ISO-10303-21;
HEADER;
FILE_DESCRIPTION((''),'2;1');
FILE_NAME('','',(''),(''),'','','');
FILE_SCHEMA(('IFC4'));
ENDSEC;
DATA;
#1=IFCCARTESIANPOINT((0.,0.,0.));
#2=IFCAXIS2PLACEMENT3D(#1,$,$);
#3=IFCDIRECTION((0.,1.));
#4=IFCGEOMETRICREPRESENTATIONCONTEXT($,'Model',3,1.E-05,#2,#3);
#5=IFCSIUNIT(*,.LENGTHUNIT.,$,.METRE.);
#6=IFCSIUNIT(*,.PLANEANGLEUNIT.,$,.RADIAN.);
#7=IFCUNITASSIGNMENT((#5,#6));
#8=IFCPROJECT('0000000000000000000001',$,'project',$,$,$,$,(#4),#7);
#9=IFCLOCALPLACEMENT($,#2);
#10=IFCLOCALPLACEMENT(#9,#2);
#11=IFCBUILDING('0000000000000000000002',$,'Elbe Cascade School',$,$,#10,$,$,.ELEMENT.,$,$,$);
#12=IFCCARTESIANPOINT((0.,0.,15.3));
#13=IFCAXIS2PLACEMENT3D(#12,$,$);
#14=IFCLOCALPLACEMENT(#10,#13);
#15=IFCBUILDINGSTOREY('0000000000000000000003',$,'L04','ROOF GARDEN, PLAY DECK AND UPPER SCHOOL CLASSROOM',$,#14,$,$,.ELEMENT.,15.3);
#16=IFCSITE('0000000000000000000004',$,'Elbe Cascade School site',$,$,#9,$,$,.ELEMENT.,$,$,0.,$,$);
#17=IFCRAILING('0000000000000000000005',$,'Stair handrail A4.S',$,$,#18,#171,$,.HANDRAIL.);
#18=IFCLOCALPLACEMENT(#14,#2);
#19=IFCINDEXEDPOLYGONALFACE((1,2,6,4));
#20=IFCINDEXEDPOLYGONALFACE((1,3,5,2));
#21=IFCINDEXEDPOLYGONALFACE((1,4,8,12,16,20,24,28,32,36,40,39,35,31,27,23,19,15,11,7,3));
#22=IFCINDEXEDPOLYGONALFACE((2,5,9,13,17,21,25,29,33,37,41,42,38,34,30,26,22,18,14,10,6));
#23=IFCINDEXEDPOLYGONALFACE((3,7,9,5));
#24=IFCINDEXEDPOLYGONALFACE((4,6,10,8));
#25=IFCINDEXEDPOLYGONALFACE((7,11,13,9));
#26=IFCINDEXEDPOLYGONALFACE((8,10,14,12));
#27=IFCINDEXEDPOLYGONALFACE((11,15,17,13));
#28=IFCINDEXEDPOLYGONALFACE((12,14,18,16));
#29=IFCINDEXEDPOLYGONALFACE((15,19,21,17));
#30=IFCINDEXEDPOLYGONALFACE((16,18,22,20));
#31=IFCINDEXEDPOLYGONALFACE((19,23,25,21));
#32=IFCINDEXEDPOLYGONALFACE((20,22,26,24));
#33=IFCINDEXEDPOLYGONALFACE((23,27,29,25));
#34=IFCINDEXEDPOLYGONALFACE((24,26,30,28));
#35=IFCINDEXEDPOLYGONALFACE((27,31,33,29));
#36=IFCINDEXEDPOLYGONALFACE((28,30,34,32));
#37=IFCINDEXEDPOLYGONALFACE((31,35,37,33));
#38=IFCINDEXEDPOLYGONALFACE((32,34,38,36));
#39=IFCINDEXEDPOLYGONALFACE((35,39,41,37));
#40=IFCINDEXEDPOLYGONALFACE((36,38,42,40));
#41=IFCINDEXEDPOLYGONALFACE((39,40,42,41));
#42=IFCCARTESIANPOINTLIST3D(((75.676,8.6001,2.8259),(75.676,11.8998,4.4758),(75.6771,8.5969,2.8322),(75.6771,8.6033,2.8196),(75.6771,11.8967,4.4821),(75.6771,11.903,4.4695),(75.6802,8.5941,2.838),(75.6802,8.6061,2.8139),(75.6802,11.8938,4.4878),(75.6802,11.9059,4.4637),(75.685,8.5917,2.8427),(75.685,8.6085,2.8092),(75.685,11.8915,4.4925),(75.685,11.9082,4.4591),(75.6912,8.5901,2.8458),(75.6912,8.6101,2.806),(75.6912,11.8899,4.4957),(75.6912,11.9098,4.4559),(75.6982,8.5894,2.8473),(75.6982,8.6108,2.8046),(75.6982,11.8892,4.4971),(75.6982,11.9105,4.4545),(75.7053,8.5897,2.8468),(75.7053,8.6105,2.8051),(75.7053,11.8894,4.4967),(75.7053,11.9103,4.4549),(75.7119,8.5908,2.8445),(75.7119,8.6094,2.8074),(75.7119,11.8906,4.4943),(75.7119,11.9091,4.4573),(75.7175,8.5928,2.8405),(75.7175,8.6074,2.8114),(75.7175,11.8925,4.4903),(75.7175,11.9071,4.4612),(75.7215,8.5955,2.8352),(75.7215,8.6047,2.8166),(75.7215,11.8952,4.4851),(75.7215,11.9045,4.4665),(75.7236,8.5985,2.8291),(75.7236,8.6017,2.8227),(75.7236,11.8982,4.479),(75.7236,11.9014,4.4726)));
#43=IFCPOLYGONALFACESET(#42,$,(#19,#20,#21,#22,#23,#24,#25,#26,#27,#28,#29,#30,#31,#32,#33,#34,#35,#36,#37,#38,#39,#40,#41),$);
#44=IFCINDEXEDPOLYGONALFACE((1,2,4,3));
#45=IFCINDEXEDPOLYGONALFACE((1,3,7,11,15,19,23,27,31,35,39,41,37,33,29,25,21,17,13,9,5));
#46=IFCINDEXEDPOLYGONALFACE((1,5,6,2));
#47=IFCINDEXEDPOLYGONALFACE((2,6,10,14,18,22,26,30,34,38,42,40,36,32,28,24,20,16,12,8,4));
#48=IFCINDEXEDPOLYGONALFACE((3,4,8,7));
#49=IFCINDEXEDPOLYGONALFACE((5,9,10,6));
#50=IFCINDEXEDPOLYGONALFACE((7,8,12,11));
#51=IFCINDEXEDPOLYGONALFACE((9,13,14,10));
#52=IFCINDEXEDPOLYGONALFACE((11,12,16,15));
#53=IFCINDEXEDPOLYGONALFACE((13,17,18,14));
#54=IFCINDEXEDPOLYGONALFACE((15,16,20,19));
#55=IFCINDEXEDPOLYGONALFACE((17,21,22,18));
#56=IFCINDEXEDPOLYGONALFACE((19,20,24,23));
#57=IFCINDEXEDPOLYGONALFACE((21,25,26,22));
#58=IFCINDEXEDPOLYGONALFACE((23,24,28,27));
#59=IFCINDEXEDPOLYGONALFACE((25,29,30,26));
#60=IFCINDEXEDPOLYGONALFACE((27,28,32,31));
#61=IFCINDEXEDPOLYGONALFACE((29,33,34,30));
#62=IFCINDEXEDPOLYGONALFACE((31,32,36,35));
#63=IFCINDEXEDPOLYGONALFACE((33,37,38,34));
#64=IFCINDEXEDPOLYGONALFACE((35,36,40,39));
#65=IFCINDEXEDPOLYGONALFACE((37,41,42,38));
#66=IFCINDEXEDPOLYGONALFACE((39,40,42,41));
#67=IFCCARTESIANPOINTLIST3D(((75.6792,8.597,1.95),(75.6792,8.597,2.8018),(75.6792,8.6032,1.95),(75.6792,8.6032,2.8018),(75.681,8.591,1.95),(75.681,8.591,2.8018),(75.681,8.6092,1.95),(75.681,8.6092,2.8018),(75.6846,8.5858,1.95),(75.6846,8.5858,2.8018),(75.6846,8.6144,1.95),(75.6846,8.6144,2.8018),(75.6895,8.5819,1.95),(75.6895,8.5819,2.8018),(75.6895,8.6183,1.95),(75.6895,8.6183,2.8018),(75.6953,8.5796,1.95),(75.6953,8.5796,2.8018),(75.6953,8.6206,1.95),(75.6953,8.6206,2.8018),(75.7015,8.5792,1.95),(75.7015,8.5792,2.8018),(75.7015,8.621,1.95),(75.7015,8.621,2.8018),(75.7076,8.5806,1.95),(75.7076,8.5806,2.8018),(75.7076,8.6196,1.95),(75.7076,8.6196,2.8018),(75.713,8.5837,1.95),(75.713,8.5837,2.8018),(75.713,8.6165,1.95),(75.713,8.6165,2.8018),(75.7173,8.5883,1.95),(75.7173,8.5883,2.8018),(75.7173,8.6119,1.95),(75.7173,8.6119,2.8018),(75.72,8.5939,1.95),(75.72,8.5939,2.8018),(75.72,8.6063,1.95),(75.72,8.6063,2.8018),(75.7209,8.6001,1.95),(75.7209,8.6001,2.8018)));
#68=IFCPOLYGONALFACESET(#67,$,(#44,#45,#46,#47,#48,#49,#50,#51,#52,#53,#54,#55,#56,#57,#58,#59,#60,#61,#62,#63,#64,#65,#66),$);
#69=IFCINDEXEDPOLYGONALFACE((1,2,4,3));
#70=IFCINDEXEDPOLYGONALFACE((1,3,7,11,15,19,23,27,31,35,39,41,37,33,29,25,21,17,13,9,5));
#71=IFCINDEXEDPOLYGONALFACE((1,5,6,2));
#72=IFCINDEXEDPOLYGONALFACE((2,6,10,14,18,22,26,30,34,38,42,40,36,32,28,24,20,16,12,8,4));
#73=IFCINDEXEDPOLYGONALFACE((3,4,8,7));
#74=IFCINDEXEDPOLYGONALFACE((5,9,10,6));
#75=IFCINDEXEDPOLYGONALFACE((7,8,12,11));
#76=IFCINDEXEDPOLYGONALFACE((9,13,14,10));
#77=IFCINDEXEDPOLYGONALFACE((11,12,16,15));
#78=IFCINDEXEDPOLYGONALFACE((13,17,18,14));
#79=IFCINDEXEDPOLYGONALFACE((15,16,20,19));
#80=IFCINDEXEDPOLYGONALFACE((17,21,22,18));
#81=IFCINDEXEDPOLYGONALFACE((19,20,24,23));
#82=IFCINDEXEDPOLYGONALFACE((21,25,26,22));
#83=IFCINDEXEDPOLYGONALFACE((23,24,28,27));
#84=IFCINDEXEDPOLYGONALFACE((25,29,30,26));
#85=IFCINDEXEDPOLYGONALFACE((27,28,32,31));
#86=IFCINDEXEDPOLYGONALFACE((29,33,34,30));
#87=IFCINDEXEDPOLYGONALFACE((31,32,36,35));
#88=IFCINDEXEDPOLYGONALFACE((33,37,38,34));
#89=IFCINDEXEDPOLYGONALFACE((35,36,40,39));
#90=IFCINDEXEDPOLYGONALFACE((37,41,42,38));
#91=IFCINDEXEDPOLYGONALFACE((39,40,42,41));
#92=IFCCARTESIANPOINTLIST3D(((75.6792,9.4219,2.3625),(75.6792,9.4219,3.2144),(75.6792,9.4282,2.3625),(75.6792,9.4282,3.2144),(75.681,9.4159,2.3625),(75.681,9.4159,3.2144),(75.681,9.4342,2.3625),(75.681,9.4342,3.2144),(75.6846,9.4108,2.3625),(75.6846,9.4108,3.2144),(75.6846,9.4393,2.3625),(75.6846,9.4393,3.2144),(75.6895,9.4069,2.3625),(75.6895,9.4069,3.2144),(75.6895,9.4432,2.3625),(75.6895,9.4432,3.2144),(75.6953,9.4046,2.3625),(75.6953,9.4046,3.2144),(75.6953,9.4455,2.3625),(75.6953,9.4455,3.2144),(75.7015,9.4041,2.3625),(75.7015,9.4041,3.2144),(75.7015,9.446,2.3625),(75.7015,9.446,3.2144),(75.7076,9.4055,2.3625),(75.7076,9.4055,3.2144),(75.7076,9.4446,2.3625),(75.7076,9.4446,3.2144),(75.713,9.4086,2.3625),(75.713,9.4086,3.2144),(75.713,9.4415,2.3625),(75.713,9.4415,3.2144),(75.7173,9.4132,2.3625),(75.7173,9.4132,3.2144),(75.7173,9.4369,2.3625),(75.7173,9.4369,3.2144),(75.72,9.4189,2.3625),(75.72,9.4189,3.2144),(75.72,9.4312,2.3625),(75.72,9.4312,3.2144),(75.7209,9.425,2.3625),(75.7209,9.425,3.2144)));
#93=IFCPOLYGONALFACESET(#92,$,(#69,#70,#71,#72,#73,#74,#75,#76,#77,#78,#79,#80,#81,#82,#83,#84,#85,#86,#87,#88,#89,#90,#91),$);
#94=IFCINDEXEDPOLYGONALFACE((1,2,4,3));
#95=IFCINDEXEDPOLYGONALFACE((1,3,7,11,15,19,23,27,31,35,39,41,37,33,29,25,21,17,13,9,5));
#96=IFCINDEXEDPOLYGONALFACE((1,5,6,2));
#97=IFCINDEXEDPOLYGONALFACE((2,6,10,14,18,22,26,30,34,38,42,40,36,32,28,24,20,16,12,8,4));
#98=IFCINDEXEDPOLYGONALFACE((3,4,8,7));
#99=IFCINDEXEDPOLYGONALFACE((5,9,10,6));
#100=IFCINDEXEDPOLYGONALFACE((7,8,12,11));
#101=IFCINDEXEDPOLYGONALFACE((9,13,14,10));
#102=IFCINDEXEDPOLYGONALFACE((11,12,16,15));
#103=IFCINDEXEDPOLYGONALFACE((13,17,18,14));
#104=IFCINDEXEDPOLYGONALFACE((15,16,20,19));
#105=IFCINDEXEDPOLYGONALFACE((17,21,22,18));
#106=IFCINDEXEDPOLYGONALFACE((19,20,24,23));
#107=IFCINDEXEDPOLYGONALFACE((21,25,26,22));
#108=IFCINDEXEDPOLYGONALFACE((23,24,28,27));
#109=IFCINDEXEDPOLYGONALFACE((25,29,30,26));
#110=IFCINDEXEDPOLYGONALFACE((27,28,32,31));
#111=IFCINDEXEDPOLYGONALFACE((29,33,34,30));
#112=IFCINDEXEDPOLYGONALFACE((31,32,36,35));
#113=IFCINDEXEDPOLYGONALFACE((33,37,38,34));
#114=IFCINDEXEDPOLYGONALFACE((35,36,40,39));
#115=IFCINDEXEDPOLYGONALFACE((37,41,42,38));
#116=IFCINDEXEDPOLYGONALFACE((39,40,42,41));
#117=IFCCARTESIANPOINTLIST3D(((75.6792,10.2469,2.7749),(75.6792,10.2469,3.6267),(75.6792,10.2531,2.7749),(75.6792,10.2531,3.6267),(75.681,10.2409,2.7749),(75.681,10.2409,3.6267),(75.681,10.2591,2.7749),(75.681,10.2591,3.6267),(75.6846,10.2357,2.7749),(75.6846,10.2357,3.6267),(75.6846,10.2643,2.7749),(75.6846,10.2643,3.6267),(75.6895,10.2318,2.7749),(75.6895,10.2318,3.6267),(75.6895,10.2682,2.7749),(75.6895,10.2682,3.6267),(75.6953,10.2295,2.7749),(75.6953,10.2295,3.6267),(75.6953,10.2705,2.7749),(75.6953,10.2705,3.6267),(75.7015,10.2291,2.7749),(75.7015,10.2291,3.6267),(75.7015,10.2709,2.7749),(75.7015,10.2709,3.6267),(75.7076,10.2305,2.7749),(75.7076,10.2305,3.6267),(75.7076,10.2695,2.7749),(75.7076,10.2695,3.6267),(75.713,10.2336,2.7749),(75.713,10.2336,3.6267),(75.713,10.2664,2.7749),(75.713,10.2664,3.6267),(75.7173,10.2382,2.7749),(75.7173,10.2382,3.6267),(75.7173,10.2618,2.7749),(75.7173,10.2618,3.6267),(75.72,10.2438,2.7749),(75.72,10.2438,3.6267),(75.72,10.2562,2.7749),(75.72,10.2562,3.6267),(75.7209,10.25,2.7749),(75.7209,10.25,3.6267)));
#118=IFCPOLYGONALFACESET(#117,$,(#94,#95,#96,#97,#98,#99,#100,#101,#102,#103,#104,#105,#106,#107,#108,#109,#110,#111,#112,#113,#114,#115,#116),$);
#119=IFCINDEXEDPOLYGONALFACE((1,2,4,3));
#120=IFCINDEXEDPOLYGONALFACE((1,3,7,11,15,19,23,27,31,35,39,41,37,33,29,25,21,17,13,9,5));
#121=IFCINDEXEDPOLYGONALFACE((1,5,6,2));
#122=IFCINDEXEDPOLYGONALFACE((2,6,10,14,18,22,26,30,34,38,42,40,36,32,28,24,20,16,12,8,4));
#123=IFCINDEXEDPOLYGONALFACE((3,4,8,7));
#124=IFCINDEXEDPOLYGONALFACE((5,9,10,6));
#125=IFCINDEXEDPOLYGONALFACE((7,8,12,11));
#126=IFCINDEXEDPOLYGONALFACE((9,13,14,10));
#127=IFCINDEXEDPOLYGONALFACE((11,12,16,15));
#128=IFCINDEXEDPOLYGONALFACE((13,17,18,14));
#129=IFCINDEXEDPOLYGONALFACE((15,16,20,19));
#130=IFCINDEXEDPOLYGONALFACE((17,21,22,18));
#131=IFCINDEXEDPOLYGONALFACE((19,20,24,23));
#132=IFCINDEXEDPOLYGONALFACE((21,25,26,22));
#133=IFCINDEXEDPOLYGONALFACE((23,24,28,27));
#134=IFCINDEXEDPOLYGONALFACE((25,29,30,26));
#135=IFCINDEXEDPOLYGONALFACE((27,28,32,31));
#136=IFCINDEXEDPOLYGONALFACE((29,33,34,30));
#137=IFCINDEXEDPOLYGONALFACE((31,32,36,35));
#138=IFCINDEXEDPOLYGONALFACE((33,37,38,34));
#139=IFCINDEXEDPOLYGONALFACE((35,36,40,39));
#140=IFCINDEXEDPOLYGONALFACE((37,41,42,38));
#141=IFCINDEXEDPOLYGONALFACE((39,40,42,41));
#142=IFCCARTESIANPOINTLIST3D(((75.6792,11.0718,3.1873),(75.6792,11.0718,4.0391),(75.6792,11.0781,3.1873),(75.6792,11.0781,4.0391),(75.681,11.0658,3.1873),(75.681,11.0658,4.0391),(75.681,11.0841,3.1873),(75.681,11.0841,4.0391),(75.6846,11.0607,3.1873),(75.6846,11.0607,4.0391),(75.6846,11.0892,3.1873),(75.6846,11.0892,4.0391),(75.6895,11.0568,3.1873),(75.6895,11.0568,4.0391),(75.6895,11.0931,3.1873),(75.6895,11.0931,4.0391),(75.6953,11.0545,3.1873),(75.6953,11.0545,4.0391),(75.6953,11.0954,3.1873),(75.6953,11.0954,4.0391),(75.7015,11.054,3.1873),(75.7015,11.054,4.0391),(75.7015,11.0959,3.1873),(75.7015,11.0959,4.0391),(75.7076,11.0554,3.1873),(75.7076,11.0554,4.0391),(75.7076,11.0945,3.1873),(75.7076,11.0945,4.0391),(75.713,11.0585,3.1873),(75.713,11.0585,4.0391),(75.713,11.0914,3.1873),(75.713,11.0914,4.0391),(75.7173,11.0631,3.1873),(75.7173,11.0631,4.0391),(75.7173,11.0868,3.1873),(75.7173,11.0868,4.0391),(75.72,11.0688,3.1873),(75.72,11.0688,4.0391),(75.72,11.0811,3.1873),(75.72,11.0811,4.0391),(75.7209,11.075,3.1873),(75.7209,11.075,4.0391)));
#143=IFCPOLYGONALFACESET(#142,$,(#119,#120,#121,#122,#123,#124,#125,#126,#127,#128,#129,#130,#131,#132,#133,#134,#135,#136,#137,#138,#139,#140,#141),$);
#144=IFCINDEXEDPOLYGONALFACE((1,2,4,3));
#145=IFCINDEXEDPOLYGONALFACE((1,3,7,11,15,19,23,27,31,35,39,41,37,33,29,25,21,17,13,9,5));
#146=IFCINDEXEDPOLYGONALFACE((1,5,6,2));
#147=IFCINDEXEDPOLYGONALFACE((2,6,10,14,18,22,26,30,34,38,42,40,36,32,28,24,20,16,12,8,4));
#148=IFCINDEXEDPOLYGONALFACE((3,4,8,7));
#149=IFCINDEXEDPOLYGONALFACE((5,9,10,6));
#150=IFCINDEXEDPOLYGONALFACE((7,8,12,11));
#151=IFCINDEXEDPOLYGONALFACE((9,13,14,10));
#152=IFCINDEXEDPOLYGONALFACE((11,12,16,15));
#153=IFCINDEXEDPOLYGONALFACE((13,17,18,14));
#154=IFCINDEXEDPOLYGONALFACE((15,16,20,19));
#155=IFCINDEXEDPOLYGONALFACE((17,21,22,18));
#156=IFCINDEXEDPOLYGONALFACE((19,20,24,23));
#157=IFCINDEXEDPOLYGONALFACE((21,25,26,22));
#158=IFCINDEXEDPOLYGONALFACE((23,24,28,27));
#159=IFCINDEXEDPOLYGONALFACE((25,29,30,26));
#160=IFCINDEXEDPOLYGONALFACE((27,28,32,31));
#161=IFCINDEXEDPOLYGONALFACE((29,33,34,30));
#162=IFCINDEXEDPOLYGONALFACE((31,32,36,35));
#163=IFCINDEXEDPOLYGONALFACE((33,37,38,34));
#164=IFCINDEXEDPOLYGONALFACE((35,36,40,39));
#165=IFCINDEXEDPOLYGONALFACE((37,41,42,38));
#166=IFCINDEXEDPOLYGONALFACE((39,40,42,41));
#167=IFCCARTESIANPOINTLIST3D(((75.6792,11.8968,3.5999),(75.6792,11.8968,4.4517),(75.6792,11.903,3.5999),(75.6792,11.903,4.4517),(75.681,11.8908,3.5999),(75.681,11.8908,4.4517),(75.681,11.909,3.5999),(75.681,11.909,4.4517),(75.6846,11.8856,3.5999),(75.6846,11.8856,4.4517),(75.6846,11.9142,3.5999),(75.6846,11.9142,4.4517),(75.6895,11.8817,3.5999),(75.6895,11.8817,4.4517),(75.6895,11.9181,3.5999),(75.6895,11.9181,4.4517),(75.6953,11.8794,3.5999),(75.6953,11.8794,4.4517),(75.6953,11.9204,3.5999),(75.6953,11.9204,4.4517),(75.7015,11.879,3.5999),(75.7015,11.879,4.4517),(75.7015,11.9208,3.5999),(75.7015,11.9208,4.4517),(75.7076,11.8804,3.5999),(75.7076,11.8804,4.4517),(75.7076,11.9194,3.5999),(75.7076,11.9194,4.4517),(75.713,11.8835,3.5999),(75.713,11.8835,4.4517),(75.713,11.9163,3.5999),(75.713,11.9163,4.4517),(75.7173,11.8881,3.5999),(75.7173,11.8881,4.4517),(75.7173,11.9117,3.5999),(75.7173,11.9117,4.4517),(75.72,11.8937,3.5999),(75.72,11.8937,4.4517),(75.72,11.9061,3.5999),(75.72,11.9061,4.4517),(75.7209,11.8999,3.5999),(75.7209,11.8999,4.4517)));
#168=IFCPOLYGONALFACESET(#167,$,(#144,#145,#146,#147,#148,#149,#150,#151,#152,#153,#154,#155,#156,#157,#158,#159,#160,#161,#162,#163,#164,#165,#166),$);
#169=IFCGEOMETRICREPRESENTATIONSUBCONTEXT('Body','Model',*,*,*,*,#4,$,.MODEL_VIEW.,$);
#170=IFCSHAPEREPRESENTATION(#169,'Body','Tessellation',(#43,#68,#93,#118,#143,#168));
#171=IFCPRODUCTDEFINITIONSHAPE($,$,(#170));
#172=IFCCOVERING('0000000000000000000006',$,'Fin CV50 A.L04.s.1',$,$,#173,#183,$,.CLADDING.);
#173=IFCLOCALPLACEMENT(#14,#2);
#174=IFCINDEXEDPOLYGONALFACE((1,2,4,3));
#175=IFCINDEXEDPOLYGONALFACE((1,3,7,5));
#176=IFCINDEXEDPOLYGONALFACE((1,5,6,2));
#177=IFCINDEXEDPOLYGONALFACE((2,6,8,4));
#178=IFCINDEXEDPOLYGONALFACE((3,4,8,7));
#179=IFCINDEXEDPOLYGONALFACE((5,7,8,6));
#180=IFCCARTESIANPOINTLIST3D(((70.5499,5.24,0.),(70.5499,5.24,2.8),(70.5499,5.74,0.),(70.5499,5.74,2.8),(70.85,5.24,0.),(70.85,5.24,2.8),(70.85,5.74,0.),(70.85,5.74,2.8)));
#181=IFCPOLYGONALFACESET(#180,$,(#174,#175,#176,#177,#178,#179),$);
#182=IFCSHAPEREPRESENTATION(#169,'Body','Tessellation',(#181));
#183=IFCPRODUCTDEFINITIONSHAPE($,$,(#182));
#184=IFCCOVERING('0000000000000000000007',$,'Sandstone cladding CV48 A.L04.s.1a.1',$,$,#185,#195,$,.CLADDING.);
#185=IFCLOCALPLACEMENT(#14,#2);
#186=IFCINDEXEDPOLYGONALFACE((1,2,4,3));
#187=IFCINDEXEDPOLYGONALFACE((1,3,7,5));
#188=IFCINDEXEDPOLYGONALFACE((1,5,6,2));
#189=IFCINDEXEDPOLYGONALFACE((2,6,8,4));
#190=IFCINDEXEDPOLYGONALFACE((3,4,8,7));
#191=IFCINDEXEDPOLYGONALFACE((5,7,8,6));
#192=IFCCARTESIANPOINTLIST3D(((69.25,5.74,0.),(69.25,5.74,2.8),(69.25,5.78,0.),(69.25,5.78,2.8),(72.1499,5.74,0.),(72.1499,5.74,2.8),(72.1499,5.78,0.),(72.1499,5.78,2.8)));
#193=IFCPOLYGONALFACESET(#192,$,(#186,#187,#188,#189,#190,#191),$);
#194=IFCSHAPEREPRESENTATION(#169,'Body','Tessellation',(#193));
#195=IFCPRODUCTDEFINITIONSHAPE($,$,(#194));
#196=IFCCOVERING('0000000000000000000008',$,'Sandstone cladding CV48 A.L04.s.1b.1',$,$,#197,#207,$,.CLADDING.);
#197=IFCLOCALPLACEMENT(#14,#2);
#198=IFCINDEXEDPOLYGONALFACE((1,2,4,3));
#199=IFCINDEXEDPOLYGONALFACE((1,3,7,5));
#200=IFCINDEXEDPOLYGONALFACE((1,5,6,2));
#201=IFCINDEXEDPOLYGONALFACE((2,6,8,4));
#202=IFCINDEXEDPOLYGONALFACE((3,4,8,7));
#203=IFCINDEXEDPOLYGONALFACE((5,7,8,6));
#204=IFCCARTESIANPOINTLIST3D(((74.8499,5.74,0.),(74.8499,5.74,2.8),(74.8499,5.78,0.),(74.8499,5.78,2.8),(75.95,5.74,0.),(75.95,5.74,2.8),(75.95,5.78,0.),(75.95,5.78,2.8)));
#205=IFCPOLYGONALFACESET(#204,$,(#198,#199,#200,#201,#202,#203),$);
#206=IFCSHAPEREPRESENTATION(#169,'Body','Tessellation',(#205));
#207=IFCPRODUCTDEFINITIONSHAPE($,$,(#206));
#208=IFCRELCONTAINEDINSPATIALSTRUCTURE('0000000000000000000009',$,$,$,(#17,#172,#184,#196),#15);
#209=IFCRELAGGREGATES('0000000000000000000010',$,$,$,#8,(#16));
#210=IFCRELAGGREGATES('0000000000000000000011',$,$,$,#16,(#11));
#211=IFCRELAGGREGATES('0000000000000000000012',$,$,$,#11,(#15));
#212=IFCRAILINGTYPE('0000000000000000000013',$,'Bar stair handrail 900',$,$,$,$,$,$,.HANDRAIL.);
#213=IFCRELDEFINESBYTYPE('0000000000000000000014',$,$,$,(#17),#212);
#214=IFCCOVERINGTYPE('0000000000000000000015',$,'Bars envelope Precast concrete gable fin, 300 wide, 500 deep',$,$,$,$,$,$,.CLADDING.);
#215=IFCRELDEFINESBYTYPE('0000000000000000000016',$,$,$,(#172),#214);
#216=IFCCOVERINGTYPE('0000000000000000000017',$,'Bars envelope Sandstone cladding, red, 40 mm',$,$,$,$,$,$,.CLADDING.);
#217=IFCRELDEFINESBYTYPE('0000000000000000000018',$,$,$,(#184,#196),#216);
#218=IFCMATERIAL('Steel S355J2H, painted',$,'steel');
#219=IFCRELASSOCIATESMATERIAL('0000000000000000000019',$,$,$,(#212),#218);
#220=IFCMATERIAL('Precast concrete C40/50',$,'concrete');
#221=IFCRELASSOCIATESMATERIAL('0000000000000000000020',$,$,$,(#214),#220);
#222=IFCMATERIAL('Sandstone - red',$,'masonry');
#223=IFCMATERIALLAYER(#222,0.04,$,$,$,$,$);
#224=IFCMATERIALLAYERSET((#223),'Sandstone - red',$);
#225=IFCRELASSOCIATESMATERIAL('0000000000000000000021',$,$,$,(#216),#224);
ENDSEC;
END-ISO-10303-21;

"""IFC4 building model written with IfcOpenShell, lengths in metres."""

from ifc_helpers import new_model, si_unit, direction, frame, origin, origin_2d, place, context, subcontext, project, spatial, rectangle, circle, extrude, material, layer, layer_set, type_object, element, save


model = new_model("IFC4")

# Units and contexts
model_context = context("Model", 3, precision=1e-05, world=origin(), true_north=direction((0.0, 1.0)))
body_context = subcontext(model_context, "Body", "Model", "MODEL_VIEW")
ifc_project = project(units=[si_unit("LENGTHUNIT", "METRE"), si_unit("PLANEANGLEUNIT", "RADIAN")], contexts=[model_context])

# Site, building, storey
site_placement = place(None, origin())
site = spatial("IfcSite", under=ifc_project, at=site_placement, Name="Elbe Cascade School site", CompositionType="ELEMENT", RefElevation=0.0)
building_placement = place(site_placement, origin())
building = spatial("IfcBuilding", under=site, at=building_placement, Name="Elbe Cascade School", CompositionType="ELEMENT")
storey_placement = place(building_placement, frame((0.0, 0.0, 15.3)))
storey = spatial("IfcBuildingStorey", under=building, at=storey_placement, Name="L04", Description="ROOF GARDEN, PLAY DECK AND UPPER SCHOOL CLASSROOM", CompositionType="ELEMENT", Elevation=15.3)

# Railing
ifc_material_1 = material(Name="Steel S355J2H, painted", Category="steel")
railing_type_1 = type_object("IfcRailingType", Name="Bar stair handrail 900", PredefinedType="HANDRAIL", material=ifc_material_1)
railing_1_placement = place(storey_placement, frame((75.7, 8.6001, 1.95)))
element("IfcRailing", 1, at=railing_1_placement, inside=storey, type_object=railing_type_1, Name="Stair handrail A4.S", PredefinedType="HANDRAIL", context=body_context, shape_type="SweptSolid", body=[
    extrude(circle(Radius=0.0239, at=origin_2d()), frame((0.0, 0.0, 0.876), z_axis=(0.0, 0.894427, 0.447214), x_axis=(-1.0, 0.0, 0.0)), (0.0, 0.0, 1.0), 3.6892),
    extrude(circle(Radius=0.021, at=origin_2d()), origin(), (0.0, 0.0, 1.0), 0.8518),
    extrude(circle(Radius=0.021, at=origin_2d()), frame((0.0, 0.825, 0.4126)), (0.0, 0.0, 1.0), 0.8518),
    extrude(circle(Radius=0.021, at=origin_2d()), frame((0.0, 1.6499, 0.825)), (0.0, 0.0, 1.0), 0.8518),
    extrude(circle(Radius=0.021, at=origin_2d()), frame((0.0, 2.4749, 1.2373)), (0.0, 0.0, 1.0), 0.8518),
    extrude(circle(Radius=0.021, at=origin_2d()), frame((0.0, 3.2998, 1.6499)), (0.0, 0.0, 1.0), 0.8518),
])

# Coverings
ifc_material_2 = material(Name="Precast concrete C40/50", Category="concrete")
covering_type_1 = type_object("IfcCoveringType", Name="Bars envelope Precast concrete gable fin, 300 wide, 500 deep", PredefinedType="CLADDING", material=ifc_material_2)
covering_1_placement = place(storey_placement, frame((70.7, 5.49, 0.0), z_axis=(0.0, 0.0, 1.0), x_axis=(1.0, 0.0, 0.0)))
element("IfcCovering", 2, at=covering_1_placement, inside=storey, type_object=covering_type_1, Name="Fin CV50 A.L04.s.1", PredefinedType="CLADDING", context=body_context, shape_type="SweptSolid", body=[
    extrude(rectangle(XDim=0.3, YDim=0.5, at=origin_2d()), origin(), (0.0, 0.0, 1.0), 2.8),
])
ifc_material_3 = material(Name="Sandstone - red", Category="masonry")
ifc_layer_1 = layer(ifc_material_3, 0.04)
ifc_layer_set_1 = layer_set([ifc_layer_1], Name="Sandstone - red")
covering_type_2 = type_object("IfcCoveringType", Name="Bars envelope Sandstone cladding, red, 40 mm", PredefinedType="CLADDING", material=ifc_layer_set_1)
covering_2_placement = place(storey_placement, frame((70.7, 5.76, 0.0), z_axis=(0.0, 0.0, 1.0), x_axis=(1.0, 0.0, 0.0)))
element("IfcCovering", 3, at=covering_2_placement, inside=storey, type_object=covering_type_2, Name="Sandstone cladding CV48 A.L04.s.1a.1", PredefinedType="CLADDING", context=body_context, shape_type="SweptSolid", body=[
    extrude(rectangle(XDim=2.8999, YDim=0.04, at=origin_2d()), origin(), (0.0, 0.0, 1.0), 2.8),
])
covering_3_placement = place(storey_placement, frame((75.3999, 5.76, 0.0), z_axis=(0.0, 0.0, 1.0), x_axis=(1.0, 0.0, 0.0)))
element("IfcCovering", 4, at=covering_3_placement, inside=storey, type_object=covering_type_2, Name="Sandstone cladding CV48 A.L04.s.1b.1", PredefinedType="CLADDING", context=body_context, shape_type="SweptSolid", body=[
    extrude(rectangle(XDim=1.1001, YDim=0.04, at=origin_2d()), origin(), (0.0, 0.0, 1.0), 2.8),
])

save(model, "model.ifc")
